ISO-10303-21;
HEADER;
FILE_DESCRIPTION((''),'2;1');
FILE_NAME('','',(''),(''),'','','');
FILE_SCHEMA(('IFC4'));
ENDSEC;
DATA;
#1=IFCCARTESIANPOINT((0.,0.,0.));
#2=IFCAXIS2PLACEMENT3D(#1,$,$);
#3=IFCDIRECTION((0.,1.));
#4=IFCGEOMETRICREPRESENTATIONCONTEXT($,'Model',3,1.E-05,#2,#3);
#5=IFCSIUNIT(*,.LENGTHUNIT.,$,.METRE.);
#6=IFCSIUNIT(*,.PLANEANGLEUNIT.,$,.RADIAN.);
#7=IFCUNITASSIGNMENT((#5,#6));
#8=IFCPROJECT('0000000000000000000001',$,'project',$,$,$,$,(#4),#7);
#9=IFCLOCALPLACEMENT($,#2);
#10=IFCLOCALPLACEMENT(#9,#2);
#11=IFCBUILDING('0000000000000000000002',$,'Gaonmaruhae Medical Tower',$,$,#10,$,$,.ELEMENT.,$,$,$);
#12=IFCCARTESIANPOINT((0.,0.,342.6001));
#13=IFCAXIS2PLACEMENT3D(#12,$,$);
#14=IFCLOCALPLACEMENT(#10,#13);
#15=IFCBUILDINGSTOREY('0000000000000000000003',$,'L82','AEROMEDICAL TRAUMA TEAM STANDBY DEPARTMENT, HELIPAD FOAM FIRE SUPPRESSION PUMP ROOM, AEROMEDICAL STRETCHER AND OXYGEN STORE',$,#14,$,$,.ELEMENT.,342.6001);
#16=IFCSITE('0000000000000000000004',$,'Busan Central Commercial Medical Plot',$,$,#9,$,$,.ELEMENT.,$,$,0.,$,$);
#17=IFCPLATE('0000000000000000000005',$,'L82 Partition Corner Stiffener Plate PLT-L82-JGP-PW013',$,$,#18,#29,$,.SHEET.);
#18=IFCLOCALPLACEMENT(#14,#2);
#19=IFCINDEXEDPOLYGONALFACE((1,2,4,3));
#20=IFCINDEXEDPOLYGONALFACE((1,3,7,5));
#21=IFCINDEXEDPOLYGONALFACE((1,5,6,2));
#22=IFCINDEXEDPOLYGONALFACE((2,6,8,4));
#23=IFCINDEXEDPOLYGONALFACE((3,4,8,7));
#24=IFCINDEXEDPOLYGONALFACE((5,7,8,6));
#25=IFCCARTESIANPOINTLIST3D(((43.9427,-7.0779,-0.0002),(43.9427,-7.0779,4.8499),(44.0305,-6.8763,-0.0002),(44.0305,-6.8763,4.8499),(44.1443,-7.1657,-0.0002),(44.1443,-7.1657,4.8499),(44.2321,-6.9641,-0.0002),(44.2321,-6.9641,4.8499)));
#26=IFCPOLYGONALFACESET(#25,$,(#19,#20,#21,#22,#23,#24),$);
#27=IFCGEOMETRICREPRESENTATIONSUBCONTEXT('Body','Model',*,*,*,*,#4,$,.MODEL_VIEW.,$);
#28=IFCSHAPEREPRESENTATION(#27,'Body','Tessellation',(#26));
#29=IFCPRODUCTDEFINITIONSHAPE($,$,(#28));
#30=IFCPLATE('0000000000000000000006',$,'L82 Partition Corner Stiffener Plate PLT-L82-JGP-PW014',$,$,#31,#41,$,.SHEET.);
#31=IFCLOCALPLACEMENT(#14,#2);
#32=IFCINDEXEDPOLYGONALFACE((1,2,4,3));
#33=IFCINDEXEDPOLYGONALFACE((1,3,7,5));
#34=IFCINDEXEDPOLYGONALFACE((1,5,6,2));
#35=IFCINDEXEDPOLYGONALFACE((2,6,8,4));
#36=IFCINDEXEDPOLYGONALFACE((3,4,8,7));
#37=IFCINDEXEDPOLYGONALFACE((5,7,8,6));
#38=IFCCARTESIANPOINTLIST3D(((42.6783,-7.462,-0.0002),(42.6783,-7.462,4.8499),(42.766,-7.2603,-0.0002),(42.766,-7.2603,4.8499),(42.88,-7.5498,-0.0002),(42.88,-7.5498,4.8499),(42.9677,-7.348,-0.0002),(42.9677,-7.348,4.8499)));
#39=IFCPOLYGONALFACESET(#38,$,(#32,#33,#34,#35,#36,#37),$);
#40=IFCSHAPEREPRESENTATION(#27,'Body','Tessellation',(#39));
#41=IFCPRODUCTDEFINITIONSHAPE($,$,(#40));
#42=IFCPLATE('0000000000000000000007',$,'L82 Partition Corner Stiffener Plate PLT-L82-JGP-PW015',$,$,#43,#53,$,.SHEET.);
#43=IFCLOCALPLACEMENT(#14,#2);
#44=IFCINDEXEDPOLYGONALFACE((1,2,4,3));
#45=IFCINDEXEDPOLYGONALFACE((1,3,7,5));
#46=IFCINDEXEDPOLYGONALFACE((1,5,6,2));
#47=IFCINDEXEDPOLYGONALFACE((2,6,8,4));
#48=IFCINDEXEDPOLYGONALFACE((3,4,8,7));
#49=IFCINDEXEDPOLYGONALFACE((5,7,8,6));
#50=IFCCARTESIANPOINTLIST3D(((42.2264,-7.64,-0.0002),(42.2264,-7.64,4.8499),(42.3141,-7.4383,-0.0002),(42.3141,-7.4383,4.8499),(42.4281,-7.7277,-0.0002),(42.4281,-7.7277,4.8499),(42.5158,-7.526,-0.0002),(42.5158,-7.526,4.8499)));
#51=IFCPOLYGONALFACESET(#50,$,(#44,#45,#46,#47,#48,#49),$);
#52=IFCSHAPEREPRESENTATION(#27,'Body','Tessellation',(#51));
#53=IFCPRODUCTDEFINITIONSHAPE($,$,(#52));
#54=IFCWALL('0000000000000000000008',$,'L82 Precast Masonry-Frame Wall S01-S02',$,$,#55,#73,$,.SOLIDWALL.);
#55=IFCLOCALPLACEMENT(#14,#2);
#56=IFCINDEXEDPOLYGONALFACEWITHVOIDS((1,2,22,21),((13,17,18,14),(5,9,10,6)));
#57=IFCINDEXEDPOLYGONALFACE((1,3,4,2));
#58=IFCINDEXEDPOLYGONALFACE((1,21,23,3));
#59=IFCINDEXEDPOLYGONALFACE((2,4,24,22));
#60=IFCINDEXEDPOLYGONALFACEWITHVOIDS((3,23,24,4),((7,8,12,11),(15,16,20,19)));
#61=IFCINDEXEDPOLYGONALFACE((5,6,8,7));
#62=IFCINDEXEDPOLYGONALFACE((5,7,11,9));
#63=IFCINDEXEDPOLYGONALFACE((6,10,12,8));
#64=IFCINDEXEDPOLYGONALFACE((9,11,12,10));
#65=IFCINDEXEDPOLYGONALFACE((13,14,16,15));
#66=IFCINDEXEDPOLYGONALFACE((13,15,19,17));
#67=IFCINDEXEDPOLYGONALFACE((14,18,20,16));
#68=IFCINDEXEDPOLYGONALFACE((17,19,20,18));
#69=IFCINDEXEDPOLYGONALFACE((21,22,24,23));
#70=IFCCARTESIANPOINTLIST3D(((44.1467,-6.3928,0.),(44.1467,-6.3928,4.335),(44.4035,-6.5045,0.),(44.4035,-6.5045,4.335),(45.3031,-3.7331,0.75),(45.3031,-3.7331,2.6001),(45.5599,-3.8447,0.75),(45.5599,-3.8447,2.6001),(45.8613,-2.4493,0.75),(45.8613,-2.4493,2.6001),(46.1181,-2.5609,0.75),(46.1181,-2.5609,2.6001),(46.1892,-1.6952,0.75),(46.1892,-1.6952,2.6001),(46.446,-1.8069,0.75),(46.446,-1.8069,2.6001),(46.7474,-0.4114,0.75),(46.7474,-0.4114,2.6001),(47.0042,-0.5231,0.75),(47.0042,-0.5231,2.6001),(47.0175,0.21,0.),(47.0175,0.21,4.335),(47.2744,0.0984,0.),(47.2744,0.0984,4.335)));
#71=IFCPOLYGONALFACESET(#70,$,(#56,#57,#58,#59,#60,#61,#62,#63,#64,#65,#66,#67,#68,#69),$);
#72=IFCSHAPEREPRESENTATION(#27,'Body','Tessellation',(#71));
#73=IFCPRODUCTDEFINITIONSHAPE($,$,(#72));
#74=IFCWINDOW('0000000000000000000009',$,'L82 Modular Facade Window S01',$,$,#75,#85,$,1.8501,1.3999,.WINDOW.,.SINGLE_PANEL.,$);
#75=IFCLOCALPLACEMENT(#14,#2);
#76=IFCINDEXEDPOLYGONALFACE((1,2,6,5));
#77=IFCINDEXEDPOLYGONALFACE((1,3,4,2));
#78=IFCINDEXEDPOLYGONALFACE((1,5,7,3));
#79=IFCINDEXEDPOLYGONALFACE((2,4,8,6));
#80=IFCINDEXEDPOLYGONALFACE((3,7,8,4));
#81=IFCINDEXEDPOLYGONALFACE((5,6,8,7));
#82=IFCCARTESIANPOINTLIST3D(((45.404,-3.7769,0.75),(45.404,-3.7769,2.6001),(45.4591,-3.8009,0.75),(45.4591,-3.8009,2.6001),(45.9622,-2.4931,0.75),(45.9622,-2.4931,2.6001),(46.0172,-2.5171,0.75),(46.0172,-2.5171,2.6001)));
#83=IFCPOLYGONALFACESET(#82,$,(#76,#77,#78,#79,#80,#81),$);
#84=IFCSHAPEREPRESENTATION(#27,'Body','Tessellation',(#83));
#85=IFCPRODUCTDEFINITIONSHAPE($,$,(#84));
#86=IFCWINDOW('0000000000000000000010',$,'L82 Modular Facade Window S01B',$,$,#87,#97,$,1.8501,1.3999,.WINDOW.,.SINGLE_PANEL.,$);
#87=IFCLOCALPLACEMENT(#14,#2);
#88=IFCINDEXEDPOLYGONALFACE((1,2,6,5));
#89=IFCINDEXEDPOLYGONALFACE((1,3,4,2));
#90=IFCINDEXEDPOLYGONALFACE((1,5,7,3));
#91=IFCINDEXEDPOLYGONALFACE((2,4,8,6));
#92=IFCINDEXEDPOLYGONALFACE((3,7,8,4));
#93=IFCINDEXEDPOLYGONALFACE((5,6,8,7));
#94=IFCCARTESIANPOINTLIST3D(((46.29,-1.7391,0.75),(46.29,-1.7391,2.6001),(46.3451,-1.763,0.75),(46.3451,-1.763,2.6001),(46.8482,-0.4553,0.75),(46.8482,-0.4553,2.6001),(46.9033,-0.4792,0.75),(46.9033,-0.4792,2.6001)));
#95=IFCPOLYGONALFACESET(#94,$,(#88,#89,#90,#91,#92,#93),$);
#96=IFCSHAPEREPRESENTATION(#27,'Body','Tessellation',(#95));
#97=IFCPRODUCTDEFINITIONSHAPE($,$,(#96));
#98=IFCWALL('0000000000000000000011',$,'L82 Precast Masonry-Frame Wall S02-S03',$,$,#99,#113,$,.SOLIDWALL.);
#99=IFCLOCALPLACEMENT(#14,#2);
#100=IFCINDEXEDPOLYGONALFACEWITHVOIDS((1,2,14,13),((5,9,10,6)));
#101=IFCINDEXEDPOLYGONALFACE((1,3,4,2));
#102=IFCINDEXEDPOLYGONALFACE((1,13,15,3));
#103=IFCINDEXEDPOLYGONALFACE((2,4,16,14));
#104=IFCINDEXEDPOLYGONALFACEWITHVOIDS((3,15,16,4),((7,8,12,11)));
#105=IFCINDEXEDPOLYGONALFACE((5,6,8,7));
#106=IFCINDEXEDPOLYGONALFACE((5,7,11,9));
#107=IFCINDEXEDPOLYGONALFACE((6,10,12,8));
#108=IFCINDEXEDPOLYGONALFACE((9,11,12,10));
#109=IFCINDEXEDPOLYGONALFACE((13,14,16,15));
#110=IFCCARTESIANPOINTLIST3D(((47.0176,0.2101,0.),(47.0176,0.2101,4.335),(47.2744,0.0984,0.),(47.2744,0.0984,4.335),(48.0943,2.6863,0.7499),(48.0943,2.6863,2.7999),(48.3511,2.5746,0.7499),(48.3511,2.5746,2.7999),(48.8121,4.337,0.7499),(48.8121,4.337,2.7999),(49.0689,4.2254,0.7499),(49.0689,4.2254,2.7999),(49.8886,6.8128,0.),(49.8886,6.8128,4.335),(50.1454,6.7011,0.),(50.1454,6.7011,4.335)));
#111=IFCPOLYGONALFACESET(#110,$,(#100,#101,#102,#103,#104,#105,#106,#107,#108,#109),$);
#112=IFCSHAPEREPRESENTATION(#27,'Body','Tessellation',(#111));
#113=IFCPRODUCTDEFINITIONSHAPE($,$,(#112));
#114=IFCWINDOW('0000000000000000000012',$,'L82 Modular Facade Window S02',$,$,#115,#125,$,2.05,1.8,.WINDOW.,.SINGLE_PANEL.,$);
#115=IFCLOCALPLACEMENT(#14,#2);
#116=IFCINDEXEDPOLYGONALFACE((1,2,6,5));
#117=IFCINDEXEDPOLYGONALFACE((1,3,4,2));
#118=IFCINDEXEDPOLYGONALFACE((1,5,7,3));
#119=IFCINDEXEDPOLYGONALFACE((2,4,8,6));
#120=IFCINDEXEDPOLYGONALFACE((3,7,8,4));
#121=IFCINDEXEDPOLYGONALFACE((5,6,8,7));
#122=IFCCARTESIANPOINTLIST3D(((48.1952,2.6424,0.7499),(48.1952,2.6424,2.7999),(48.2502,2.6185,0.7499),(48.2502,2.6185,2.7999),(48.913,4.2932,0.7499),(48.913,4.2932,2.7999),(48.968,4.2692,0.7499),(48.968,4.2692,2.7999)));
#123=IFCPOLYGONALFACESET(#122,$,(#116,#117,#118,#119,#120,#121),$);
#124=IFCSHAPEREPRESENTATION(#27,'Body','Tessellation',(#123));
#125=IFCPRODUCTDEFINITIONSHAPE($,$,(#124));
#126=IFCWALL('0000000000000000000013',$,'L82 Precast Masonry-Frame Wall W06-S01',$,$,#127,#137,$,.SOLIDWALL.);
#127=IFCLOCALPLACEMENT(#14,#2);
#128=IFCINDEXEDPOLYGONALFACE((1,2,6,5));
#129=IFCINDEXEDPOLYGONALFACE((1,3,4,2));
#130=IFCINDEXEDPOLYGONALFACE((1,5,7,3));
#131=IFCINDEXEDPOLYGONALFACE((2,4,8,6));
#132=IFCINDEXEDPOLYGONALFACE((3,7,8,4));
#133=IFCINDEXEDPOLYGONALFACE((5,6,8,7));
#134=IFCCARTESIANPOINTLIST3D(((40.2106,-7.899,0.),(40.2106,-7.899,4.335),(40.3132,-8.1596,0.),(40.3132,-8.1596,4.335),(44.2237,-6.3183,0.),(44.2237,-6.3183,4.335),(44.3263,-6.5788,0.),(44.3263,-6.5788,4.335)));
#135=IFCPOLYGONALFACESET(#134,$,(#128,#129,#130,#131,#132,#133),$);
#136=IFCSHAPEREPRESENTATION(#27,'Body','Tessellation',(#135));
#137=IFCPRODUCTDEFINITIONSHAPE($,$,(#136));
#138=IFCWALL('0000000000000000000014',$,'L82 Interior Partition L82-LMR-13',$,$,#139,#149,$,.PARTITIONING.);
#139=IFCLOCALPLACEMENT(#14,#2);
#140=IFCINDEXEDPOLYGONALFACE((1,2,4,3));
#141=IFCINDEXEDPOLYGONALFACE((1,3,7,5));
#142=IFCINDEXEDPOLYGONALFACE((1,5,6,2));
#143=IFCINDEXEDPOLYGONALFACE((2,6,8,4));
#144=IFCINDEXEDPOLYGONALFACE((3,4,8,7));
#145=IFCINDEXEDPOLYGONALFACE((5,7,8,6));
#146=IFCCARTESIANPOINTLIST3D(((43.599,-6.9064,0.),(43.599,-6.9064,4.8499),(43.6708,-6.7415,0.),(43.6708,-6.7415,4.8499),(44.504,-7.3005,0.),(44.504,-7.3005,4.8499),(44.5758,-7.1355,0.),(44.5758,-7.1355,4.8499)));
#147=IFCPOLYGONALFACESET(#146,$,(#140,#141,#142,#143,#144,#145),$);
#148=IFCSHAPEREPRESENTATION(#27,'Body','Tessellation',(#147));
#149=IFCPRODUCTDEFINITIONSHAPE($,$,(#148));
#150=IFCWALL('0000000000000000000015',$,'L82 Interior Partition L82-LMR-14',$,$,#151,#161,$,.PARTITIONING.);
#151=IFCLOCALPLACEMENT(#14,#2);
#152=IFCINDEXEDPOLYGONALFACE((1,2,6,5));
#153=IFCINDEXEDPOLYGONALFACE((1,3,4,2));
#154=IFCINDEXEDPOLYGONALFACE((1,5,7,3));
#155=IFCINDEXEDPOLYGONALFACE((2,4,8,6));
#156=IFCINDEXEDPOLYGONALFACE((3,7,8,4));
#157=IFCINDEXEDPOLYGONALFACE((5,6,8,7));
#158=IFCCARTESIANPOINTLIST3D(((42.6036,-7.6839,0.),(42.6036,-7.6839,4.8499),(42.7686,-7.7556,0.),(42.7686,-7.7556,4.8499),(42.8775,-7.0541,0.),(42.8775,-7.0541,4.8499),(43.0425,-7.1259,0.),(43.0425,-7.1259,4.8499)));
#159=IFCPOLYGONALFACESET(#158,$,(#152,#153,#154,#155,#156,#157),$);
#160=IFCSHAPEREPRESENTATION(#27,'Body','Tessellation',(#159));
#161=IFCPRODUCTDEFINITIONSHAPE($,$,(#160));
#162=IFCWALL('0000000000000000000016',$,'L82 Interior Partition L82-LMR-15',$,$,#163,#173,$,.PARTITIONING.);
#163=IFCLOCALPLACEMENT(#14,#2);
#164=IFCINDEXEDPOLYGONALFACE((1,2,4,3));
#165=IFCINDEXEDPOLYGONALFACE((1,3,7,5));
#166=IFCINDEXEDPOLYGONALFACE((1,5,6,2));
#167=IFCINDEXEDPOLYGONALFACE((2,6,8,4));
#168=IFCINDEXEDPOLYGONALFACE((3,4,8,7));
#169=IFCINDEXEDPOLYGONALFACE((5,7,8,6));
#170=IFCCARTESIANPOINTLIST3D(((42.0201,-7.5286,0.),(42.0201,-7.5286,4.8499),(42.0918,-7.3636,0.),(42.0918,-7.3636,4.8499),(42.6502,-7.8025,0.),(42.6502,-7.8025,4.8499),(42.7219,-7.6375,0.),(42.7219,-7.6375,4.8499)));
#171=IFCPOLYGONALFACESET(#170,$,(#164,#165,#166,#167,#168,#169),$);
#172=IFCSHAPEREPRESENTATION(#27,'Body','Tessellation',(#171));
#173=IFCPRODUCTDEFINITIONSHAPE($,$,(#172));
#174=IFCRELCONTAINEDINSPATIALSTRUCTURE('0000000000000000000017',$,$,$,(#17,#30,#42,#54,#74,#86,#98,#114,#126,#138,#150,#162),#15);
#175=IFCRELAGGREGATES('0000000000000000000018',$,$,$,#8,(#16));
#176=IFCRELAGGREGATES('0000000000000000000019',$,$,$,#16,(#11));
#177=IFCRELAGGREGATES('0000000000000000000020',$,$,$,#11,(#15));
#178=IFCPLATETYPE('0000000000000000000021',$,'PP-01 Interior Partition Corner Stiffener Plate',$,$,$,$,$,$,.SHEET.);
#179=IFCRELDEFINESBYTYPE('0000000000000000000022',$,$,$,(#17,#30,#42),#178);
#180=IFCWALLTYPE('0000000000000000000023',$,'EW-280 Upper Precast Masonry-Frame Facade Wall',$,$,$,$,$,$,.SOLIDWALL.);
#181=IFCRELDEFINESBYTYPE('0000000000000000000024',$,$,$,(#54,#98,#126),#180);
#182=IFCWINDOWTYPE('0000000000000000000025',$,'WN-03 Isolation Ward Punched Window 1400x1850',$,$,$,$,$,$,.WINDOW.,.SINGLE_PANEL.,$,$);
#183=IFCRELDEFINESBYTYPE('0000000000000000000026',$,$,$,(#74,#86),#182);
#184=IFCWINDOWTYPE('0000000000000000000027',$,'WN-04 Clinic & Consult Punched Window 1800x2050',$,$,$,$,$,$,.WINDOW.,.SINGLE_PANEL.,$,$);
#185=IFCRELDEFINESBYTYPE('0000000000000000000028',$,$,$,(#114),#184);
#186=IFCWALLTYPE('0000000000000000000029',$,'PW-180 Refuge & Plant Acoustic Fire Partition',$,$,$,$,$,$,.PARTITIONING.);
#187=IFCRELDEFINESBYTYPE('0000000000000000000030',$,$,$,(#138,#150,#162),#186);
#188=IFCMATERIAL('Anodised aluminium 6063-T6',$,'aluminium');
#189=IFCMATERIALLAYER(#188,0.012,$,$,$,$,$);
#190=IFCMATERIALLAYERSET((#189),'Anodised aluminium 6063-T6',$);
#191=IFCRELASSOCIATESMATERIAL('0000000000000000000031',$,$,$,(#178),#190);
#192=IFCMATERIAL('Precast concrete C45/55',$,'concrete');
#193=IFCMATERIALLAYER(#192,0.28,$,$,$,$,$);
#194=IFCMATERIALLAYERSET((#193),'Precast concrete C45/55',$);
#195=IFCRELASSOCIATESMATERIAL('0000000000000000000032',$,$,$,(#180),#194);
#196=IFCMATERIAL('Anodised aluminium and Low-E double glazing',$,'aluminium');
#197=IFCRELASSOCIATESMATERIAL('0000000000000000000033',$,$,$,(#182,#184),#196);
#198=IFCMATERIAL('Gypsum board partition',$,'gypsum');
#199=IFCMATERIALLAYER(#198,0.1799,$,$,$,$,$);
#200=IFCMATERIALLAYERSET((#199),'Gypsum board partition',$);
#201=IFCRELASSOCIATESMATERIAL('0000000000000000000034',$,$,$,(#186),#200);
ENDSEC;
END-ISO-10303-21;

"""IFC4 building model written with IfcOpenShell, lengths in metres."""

from ifc_helpers import new_model, si_unit, direction, frame, frame_2d, origin, origin_2d, place, context, subcontext, project, spatial, rectangle, extrude, material, layer, layer_set, type_object, element, fill, save


model = new_model("IFC4")

# Units and contexts
model_context = context("Model", 3, precision=1e-05, world=origin(), true_north=direction((0.0, 1.0)))
body_context = subcontext(model_context, "Body", "Model", "MODEL_VIEW")
ifc_project = project(units=[si_unit("LENGTHUNIT", "METRE"), si_unit("PLANEANGLEUNIT", "RADIAN")], contexts=[model_context])

# Site, building, storey
site_placement = place(None, origin())
site = spatial("IfcSite", under=ifc_project, at=site_placement, Name="Busan Central Commercial Medical Plot", CompositionType="ELEMENT", RefElevation=0.0)
building_placement = place(site_placement, origin())
building = spatial("IfcBuilding", under=site, at=building_placement, Name="Gaonmaruhae Medical Tower", CompositionType="ELEMENT")
storey_placement = place(building_placement, frame((0.0, 0.0, 342.6001)))
storey = spatial("IfcBuildingStorey", under=building, at=storey_placement, Name="L82", Description="AEROMEDICAL TRAUMA TEAM STANDBY DEPARTMENT, HELIPAD FOAM FIRE SUPPRESSION PUMP ROOM, AEROMEDICAL STRETCHER AND OXYGEN STORE", CompositionType="ELEMENT", Elevation=342.6001)

# Plates
ifc_material_1 = material(Name="Anodised aluminium 6063-T6", Category="aluminium")
ifc_layer_1 = layer(ifc_material_1, 0.012)
ifc_layer_set_1 = layer_set([ifc_layer_1], Name="Anodised aluminium 6063-T6")
plate_type = type_object("IfcPlateType", Name="PP-01 Interior Partition Corner Stiffener Plate", PredefinedType="SHEET", material=ifc_layer_set_1)
for number, where, z_axis, x_axis, name in (
    (1, (44.0874, -7.021, -0.0002), (0.0, 0.0, 1.0), (-0.916879, 0.399165, 0.0), "L82 Partition Corner Stiffener Plate PLT-L82-JGP-PW013"),
    (2, (42.823, -7.405, -0.0002), (0.0, 0.0, 1.0), (-0.398829, -0.917025, 0.0), "L82 Partition Corner Stiffener Plate PLT-L82-JGP-PW014"),
    (3, (42.3711, -7.583, -0.0002), (0.0, 0.0, 1.0), (-0.917025, 0.398829, 0.0), "L82 Partition Corner Stiffener Plate PLT-L82-JGP-PW015"),
):
    element("IfcPlate", number, at=place(storey_placement, frame(where, z_axis=z_axis, x_axis=x_axis)), inside=storey, type_object=plate_type, Name=name, PredefinedType="SHEET", context=body_context, shape_type="SweptSolid", body=[
        extrude(rectangle(XDim=0.22, YDim=0.22, at=origin_2d()), origin(), (0.0, 0.0, 1.0), 4.8501),
    ])

# Wall, openings, windows
ifc_material_2 = material(Name="Precast concrete C45/55", Category="concrete")
ifc_layer_2 = layer(ifc_material_2, 0.28)
ifc_layer_set_2 = layer_set([ifc_layer_2], Name="Precast concrete C45/55")
wall_type_1 = type_object("IfcWallType", Name="EW-280 Upper Precast Masonry-Frame Facade Wall", PredefinedType="SOLIDWALL", material=ifc_layer_set_2)
wall_1_placement = place(storey_placement, frame((47.146, 0.1543, 0.0), z_axis=(0.0, 0.0, 1.0), x_axis=(-0.398735, -0.917066, 0.0)))
wall_1 = element("IfcWall", 4, at=wall_1_placement, inside=storey, type_object=wall_type_1, Name="L82 Precast Masonry-Frame Wall S01-S02", PredefinedType="SOLIDWALL", context=body_context, shape_type="SweptSolid", body=[
    extrude(rectangle(XDim=7.2, YDim=0.28, at=frame_2d((3.6001, 0.0))), origin(), (0.0, 0.0, 1.0), 4.335),
])
opening_1_placement = place(wall_1_placement, frame((2.8999, 0.0, 0.75)))
opening_1 = element("IfcOpeningElement", 5, at=opening_1_placement, cuts=wall_1, PredefinedType="OPENING", context=body_context, shape_type="SweptSolid", body=[
    extrude(rectangle(XDim=1.3999, YDim=1.8501, at=frame_2d((0.7, 0.925))), frame((0.0, 0.1499, 0.0), z_axis=(0.0, -1.0, 0.0), x_axis=(1.0, 0.0, 0.0)), (0.0, 0.0, 1.0), 0.3),
])
opening_2_placement = place(wall_1_placement, frame((0.6777, 0.0, 0.75)))
opening_2 = element("IfcOpeningElement", 6, at=opening_2_placement, cuts=wall_1, PredefinedType="OPENING", context=body_context, shape_type="SweptSolid", body=[
    extrude(rectangle(XDim=1.3999, YDim=1.8501, at=frame_2d((0.7, 0.925))), frame((0.0, 0.1499, 0.0), z_axis=(0.0, -1.0, 0.0), x_axis=(1.0, 0.0, 0.0)), (0.0, 0.0, 1.0), 0.3),
])
ifc_material_3 = material(Name="Anodised aluminium and Low-E double glazing", Category="aluminium")
window_type_1 = type_object("IfcWindowType", Name="WN-03 Isolation Ward Punched Window 1400x1850", PartitioningType="SINGLE_PANEL", PredefinedType="WINDOW", material=ifc_material_3)
window_1_placement = place(opening_1_placement, origin())
window_1 = element("IfcWindow", 7, at=window_1_placement, inside=storey, type_object=window_type_1, Name="L82 Modular Facade Window S01", OverallHeight=1.8501, OverallWidth=1.3999, PartitioningType="SINGLE_PANEL", PredefinedType="WINDOW", context=body_context, shape_type="SweptSolid", body=[
    extrude(rectangle(XDim=1.3999, YDim=1.8501, at=frame_2d((0.7, 0.925))), frame((0.0, 0.03, 0.0), z_axis=(0.0, -1.0, 0.0), x_axis=(1.0, 0.0, 0.0)), (0.0, 0.0, 1.0), 0.0601),
])
fill(opening_1, window_1)
window_2_placement = place(opening_2_placement, origin())
window_2 = element("IfcWindow", 8, at=window_2_placement, inside=storey, type_object=window_type_1, Name="L82 Modular Facade Window S01B", OverallHeight=1.8501, OverallWidth=1.3999, PartitioningType="SINGLE_PANEL", PredefinedType="WINDOW", context=body_context, shape_type="SweptSolid", body=[
    extrude(rectangle(XDim=1.3999, YDim=1.8501, at=frame_2d((0.7, 0.925))), frame((0.0, 0.03, 0.0), z_axis=(0.0, -1.0, 0.0), x_axis=(1.0, 0.0, 0.0)), (0.0, 0.0, 1.0), 0.0601),
])
fill(opening_2, window_2)

# Wall, opening, window
wall_2_placement = place(storey_placement, frame((50.0171, 6.7571, 0.0), z_axis=(0.0, 0.0, 1.0), x_axis=(-0.398763, -0.917054, 0.0)))
wall_2 = element("IfcWall", 9, at=wall_2_placement, inside=storey, type_object=wall_type_1, Name="L82 Precast Masonry-Frame Wall S02-S03", PredefinedType="SOLIDWALL", context=body_context, shape_type="SweptSolid", body=[
    extrude(rectangle(XDim=7.2, YDim=0.28, at=frame_2d((3.6001, 0.0))), origin(), (0.0, 0.0, 1.0), 4.335),
])
opening_3_placement = place(wall_2_placement, frame((2.7, 0.0, 0.75)))
opening_3 = element("IfcOpeningElement", 10, at=opening_3_placement, cuts=wall_2, PredefinedType="OPENING", context=body_context, shape_type="SweptSolid", body=[
    extrude(rectangle(XDim=1.8, YDim=2.05, at=frame_2d((0.8999, 1.0249))), frame((0.0, 0.1499, 0.0), z_axis=(0.0, -1.0, 0.0), x_axis=(1.0, 0.0, 0.0)), (0.0, 0.0, 1.0), 0.3),
])
window_type_2 = type_object("IfcWindowType", Name="WN-04 Clinic & Consult Punched Window 1800x2050", PartitioningType="SINGLE_PANEL", PredefinedType="WINDOW", material=ifc_material_3)
window_3_placement = place(opening_3_placement, origin())
window_3 = element("IfcWindow", 11, at=window_3_placement, inside=storey, type_object=window_type_2, Name="L82 Modular Facade Window S02", OverallHeight=2.05, OverallWidth=1.8, PartitioningType="SINGLE_PANEL", PredefinedType="WINDOW", context=body_context, shape_type="SweptSolid", body=[
    extrude(rectangle(XDim=1.8, YDim=2.05, at=frame_2d((0.8999, 1.0249))), frame((0.0, 0.03, 0.0), z_axis=(0.0, -1.0, 0.0), x_axis=(1.0, 0.0, 0.0)), (0.0, 0.0, 1.0), 0.0601),
])
fill(opening_3, window_3)

# Walls
wall_3_placement = place(storey_placement, frame((44.2751, -6.4485, 0.0), z_axis=(0.0, 0.0, 1.0), x_axis=(-0.93042, -0.366496, 0.0)))
element("IfcWall", 12, at=wall_3_placement, inside=storey, type_object=wall_type_1, Name="L82 Precast Masonry-Frame Wall W06-S01", PredefinedType="SOLIDWALL", context=body_context, shape_type="SweptSolid", body=[
    extrude(rectangle(XDim=4.3132, YDim=0.28, at=frame_2d((2.1567, 0.0))), origin(), (0.0, 0.0, 1.0), 4.335),
])
ifc_material_4 = material(Name="Gypsum board partition", Category="gypsum")
ifc_layer_3 = layer(ifc_material_4, 0.1799)
ifc_layer_set_3 = layer_set([ifc_layer_3], Name="Gypsum board partition")
wall_type_2 = type_object("IfcWallType", Name="PW-180 Refuge & Plant Acoustic Fire Partition", PredefinedType="PARTITIONING", material=ifc_layer_set_3)
wall_4_placement = place(storey_placement, frame((44.54, -7.218, 0.0), z_axis=(0.0, 0.0, 1.0), x_axis=(-0.916865, 0.399196, 0.0)))
element("IfcWall", 13, at=wall_4_placement, inside=storey, type_object=wall_type_2, Name="L82 Interior Partition L82-LMR-13", PredefinedType="PARTITIONING", context=body_context, shape_type="SweptSolid", body=[
    extrude(rectangle(XDim=0.9871, YDim=0.1799, at=frame_2d((0.4937, 0.0))), origin(), (0.0, 0.0, 1.0), 4.8499),
])
wall_5_placement = place(storey_placement, frame((42.96, -7.0901, 0.0), z_axis=(0.0, 0.0, 1.0), x_axis=(-0.398804, -0.917036, 0.0)))
element("IfcWall", 14, at=wall_5_placement, inside=storey, type_object=wall_type_2, Name="L82 Interior Partition L82-LMR-14", PredefinedType="PARTITIONING", context=body_context, shape_type="SweptSolid", body=[
    extrude(rectangle(XDim=0.6868, YDim=0.1799, at=frame_2d((0.3433, 0.0))), origin(), (0.0, 0.0, 1.0), 4.8499),
])
wall_6_placement = place(storey_placement, frame((42.686, -7.72, 0.0), z_axis=(0.0, 0.0, 1.0), x_axis=(-0.917093, 0.398674, 0.0)))
element("IfcWall", 15, at=wall_6_placement, inside=storey, type_object=wall_type_2, Name="L82 Interior Partition L82-LMR-15", PredefinedType="PARTITIONING", context=body_context, shape_type="SweptSolid", body=[
    extrude(rectangle(XDim=0.687, YDim=0.1799, at=frame_2d((0.3435, 0.0))), origin(), (0.0, 0.0, 1.0), 4.8499),
])

save(model, "model.ifc")
